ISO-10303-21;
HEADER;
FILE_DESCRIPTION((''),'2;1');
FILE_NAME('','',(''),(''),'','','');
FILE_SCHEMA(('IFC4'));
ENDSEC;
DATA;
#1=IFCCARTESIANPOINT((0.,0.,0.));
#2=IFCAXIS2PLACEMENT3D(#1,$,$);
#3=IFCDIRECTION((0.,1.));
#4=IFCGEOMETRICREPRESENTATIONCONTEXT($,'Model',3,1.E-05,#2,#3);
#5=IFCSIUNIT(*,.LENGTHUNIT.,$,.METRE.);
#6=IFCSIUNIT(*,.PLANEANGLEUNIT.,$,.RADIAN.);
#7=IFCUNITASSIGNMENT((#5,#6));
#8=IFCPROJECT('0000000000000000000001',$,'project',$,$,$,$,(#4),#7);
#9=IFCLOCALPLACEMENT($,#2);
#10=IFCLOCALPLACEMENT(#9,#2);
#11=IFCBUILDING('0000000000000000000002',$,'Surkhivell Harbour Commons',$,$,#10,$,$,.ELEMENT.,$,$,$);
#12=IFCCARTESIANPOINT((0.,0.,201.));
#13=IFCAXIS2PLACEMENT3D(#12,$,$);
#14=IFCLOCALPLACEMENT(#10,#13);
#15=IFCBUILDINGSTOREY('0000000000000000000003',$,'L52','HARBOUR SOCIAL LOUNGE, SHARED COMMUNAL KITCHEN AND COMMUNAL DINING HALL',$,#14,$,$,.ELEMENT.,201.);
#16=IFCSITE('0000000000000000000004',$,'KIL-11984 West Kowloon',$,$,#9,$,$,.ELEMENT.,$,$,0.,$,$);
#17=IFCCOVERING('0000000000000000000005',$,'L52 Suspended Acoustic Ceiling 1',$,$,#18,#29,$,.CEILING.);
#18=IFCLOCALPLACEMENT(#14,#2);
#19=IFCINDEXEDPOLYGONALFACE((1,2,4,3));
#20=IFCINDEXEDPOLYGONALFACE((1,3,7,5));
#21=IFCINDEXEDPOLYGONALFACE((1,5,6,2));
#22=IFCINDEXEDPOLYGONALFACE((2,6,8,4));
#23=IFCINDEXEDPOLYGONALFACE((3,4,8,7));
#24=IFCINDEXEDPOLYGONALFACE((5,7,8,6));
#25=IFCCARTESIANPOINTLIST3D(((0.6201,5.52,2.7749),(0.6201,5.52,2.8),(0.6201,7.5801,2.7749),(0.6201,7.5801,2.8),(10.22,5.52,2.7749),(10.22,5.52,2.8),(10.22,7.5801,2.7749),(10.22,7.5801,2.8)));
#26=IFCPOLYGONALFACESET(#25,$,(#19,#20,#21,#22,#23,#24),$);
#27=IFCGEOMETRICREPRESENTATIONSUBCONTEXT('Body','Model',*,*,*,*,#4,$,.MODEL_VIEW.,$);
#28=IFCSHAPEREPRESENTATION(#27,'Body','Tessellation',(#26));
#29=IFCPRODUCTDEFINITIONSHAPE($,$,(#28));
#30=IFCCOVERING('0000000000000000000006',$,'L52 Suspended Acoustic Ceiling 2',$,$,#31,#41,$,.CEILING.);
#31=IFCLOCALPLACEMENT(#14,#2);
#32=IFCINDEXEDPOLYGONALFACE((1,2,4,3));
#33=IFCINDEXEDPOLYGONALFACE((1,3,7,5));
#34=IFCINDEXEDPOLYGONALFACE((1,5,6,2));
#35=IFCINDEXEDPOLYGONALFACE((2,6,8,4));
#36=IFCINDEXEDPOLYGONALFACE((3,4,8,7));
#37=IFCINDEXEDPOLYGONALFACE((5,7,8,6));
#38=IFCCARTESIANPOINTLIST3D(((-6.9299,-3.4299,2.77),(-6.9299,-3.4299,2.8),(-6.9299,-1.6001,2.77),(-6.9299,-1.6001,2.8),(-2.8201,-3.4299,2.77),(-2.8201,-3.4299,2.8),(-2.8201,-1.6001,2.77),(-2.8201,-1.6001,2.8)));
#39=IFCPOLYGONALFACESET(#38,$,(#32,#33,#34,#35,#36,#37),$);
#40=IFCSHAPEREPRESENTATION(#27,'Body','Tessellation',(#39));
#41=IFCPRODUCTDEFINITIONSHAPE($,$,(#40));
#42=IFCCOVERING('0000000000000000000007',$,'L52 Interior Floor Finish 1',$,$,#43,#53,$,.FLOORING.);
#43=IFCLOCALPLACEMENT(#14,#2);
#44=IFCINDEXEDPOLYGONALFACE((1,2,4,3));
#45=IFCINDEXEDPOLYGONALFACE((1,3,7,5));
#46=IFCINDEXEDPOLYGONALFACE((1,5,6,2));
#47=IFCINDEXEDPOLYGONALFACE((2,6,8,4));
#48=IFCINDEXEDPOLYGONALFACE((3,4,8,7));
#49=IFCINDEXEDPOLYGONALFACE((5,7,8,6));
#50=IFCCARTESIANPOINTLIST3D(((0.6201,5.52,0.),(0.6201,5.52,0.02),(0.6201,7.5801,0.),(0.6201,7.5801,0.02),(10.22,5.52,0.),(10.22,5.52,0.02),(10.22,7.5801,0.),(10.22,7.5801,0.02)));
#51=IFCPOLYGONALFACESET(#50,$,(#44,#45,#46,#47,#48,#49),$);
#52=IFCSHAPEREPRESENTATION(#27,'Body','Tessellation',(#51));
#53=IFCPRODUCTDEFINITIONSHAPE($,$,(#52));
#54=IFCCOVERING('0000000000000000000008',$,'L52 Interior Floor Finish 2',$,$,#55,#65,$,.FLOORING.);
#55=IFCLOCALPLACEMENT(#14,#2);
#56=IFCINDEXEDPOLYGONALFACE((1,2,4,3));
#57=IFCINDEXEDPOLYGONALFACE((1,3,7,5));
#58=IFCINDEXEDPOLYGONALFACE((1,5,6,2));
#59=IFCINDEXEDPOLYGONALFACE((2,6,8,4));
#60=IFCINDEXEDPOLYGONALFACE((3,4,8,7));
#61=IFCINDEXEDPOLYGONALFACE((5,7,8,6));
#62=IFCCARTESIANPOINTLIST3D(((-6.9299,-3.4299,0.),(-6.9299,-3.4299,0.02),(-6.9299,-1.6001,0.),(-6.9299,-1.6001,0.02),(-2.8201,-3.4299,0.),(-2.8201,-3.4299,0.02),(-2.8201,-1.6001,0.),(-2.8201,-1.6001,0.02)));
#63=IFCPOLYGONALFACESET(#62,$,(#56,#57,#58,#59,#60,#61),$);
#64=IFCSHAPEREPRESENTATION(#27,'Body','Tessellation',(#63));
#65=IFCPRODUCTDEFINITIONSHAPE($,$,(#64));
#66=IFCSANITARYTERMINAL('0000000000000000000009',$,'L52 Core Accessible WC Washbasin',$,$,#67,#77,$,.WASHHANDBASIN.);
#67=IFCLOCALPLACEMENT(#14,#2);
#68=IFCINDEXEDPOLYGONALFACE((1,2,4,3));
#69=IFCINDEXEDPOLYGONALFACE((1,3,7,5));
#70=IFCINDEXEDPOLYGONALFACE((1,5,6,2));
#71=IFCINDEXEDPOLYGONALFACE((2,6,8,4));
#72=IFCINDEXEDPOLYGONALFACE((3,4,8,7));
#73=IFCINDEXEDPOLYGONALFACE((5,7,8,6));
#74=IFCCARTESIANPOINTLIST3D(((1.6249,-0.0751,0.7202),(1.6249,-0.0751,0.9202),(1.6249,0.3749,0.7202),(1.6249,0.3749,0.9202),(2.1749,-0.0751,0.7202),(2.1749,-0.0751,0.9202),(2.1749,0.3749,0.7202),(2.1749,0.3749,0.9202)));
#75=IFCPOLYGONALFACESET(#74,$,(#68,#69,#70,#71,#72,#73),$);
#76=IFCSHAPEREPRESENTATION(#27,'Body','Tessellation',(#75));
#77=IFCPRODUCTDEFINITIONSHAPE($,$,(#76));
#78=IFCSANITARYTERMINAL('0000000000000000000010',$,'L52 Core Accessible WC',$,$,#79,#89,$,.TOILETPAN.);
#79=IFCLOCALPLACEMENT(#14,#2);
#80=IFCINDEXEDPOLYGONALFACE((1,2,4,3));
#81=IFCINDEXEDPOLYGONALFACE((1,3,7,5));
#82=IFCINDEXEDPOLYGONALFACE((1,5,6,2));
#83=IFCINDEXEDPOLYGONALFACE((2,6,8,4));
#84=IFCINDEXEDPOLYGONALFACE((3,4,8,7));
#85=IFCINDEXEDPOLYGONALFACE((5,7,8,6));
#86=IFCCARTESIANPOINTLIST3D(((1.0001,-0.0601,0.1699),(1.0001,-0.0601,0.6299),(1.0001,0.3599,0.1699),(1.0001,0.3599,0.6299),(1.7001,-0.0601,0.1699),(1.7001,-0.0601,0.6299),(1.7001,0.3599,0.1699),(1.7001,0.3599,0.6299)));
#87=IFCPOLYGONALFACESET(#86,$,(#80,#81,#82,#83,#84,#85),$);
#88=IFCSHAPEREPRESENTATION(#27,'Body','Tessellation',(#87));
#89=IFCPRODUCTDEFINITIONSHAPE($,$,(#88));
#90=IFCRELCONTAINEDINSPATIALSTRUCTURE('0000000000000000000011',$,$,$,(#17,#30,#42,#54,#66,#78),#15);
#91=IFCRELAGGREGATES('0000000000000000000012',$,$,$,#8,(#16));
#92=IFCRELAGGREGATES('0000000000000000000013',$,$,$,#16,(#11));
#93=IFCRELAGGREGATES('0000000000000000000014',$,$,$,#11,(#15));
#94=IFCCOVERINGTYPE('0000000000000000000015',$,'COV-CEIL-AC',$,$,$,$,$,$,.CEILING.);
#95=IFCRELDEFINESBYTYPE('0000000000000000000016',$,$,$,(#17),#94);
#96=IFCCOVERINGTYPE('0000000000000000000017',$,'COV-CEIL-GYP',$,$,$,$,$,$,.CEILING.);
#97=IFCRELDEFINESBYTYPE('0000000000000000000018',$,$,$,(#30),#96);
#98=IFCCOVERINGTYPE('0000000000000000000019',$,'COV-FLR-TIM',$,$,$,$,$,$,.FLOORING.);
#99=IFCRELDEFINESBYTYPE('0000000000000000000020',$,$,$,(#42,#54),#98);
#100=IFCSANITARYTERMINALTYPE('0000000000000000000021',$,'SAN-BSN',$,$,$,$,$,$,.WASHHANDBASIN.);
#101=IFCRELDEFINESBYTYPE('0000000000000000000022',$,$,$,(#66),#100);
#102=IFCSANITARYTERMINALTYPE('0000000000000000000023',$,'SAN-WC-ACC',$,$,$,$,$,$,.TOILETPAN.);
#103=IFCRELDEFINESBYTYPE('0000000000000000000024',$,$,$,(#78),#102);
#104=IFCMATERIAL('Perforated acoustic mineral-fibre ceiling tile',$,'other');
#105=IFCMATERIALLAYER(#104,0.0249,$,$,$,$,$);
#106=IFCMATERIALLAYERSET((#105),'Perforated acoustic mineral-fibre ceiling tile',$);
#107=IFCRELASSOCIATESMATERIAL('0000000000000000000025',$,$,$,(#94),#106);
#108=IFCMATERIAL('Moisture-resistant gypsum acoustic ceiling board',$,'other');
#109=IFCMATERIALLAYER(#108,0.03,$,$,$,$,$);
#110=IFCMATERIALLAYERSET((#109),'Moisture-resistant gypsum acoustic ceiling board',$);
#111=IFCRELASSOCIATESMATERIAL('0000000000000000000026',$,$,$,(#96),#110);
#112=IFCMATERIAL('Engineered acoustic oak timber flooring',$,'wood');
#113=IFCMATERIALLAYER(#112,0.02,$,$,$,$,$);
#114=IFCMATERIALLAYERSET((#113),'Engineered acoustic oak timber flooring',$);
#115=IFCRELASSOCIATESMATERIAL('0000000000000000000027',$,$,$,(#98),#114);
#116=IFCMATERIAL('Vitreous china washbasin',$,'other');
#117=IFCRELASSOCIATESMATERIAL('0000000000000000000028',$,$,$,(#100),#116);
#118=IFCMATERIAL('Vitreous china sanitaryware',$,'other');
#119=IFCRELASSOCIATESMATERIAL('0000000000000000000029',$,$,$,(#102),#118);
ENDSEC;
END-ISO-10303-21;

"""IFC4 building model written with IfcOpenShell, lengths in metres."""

from ifc_helpers import new_model, si_unit, direction, frame, origin, origin_2d, place, context, subcontext, project, spatial, polyline, rectangle, outline, extrude, material, layer, layer_set, type_object, element, save


model = new_model("IFC4")

# Units and contexts
model_context = context("Model", 3, precision=1e-05, world=origin(), true_north=direction((0.0, 1.0)))
body_context = subcontext(model_context, "Body", "Model", "MODEL_VIEW")
ifc_project = project(units=[si_unit("LENGTHUNIT", "METRE"), si_unit("PLANEANGLEUNIT", "RADIAN")], contexts=[model_context])

# Site, building, storey
site_placement = place(None, origin())
site = spatial("IfcSite", under=ifc_project, at=site_placement, Name="KIL-11984 West Kowloon", CompositionType="ELEMENT", RefElevation=0.0)
building_placement = place(site_placement, origin())
building = spatial("IfcBuilding", under=site, at=building_placement, Name="Surkhivell Harbour Commons", CompositionType="ELEMENT")
storey_placement = place(building_placement, frame((0.0, 0.0, 201.0)))
storey = spatial("IfcBuildingStorey", under=building, at=storey_placement, Name="L52", Description="HARBOUR SOCIAL LOUNGE, SHARED COMMUNAL KITCHEN AND COMMUNAL DINING HALL", CompositionType="ELEMENT", Elevation=201.0)

# Coverings
ifc_material_1 = material(Name="Perforated acoustic mineral-fibre ceiling tile", Category="other")
ifc_layer_1 = layer(ifc_material_1, 0.0249)
ifc_layer_set_1 = layer_set([ifc_layer_1], Name="Perforated acoustic mineral-fibre ceiling tile")
covering_type_1 = type_object("IfcCoveringType", Name="COV-CEIL-AC", PredefinedType="CEILING", material=ifc_layer_set_1)
covering_1_placement = place(storey_placement, frame((0.0, 0.0, 2.7749)))
element("IfcCovering", 1, at=covering_1_placement, inside=storey, type_object=covering_type_1, Name="L52 Suspended Acoustic Ceiling 1", PredefinedType="CEILING", context=body_context, shape_type="SweptSolid", body=[
    extrude(outline(polyline([(0.6201, 5.52), (10.22, 5.52), (10.22, 7.5801), (0.6201, 7.5801), (0.6201, 5.52)])), origin(), (0.0, 0.0, 1.0), 0.0251),
])
ifc_material_2 = material(Name="Moisture-resistant gypsum acoustic ceiling board", Category="other")
ifc_layer_2 = layer(ifc_material_2, 0.03)
ifc_layer_set_2 = layer_set([ifc_layer_2], Name="Moisture-resistant gypsum acoustic ceiling board")
covering_type_2 = type_object("IfcCoveringType", Name="COV-CEIL-GYP", PredefinedType="CEILING", material=ifc_layer_set_2)
covering_2_placement = place(storey_placement, frame((0.0, 0.0, 2.77)))
element("IfcCovering", 2, at=covering_2_placement, inside=storey, type_object=covering_type_2, Name="L52 Suspended Acoustic Ceiling 2", PredefinedType="CEILING", context=body_context, shape_type="SweptSolid", body=[
    extrude(outline(polyline([(-6.9299, -3.4299), (-2.8201, -3.4299), (-2.8201, -1.6001), (-6.9299, -1.6001), (-6.9299, -3.4299)])), origin(), (0.0, 0.0, 1.0), 0.03),
])
ifc_material_3 = material(Name="Engineered acoustic oak timber flooring", Category="wood")
ifc_layer_3 = layer(ifc_material_3, 0.02)
ifc_layer_set_3 = layer_set([ifc_layer_3], Name="Engineered acoustic oak timber flooring")
covering_type_3 = type_object("IfcCoveringType", Name="COV-FLR-TIM", PredefinedType="FLOORING", material=ifc_layer_set_3)
covering_3_placement = place(storey_placement, origin())
element("IfcCovering", 3, at=covering_3_placement, inside=storey, type_object=covering_type_3, Name="L52 Interior Floor Finish 1", PredefinedType="FLOORING", context=body_context, shape_type="SweptSolid", body=[
    extrude(outline(polyline([(0.6201, 5.52), (10.22, 5.52), (10.22, 7.5801), (0.6201, 7.5801), (0.6201, 5.52)])), origin(), (0.0, 0.0, 1.0), 0.02),
])
covering_4_placement = place(storey_placement, origin())
element("IfcCovering", 4, at=covering_4_placement, inside=storey, type_object=covering_type_3, Name="L52 Interior Floor Finish 2", PredefinedType="FLOORING", context=body_context, shape_type="SweptSolid", body=[
    extrude(outline(polyline([(-6.9299, -3.4299), (-2.8201, -3.4299), (-2.8201, -1.6001), (-6.9299, -1.6001), (-6.9299, -3.4299)])), origin(), (0.0, 0.0, 1.0), 0.02),
])

# Sanitary terminals
ifc_material_4 = material(Name="Vitreous china washbasin", Category="other")
sanitary_terminal_type_1 = type_object("IfcSanitaryTerminalType", Name="SAN-BSN", PredefinedType="WASHHANDBASIN", material=ifc_material_4)
sanitary_terminal_1_placement = place(storey_placement, frame((1.8999, 0.1499, 0.7202), z_axis=(0.0, 0.0, 1.0), x_axis=(1.0, 0.0, 0.0)))
element("IfcSanitaryTerminal", 5, at=sanitary_terminal_1_placement, inside=storey, type_object=sanitary_terminal_type_1, Name="L52 Core Accessible WC Washbasin", PredefinedType="WASHHANDBASIN", context=body_context, shape_type="SweptSolid", body=[
    extrude(rectangle(XDim=0.55, YDim=0.45, at=origin_2d()), origin(), (0.0, 0.0, 1.0), 0.2),
])
ifc_material_5 = material(Name="Vitreous china sanitaryware", Category="other")
sanitary_terminal_type_2 = type_object("IfcSanitaryTerminalType", Name="SAN-WC-ACC", PredefinedType="TOILETPAN", material=ifc_material_5)
sanitary_terminal_2_placement = place(storey_placement, frame((1.3501, 0.1499, 0.1699), z_axis=(0.0, 0.0, 1.0), x_axis=(1.0, 0.0, 0.0)))
element("IfcSanitaryTerminal", 6, at=sanitary_terminal_2_placement, inside=storey, type_object=sanitary_terminal_type_2, Name="L52 Core Accessible WC", PredefinedType="TOILETPAN", context=body_context, shape_type="SweptSolid", body=[
    extrude(rectangle(XDim=0.7, YDim=0.4199, at=origin_2d()), origin(), (0.0, 0.0, 1.0), 0.46),
])

save(model, "model.ifc")
